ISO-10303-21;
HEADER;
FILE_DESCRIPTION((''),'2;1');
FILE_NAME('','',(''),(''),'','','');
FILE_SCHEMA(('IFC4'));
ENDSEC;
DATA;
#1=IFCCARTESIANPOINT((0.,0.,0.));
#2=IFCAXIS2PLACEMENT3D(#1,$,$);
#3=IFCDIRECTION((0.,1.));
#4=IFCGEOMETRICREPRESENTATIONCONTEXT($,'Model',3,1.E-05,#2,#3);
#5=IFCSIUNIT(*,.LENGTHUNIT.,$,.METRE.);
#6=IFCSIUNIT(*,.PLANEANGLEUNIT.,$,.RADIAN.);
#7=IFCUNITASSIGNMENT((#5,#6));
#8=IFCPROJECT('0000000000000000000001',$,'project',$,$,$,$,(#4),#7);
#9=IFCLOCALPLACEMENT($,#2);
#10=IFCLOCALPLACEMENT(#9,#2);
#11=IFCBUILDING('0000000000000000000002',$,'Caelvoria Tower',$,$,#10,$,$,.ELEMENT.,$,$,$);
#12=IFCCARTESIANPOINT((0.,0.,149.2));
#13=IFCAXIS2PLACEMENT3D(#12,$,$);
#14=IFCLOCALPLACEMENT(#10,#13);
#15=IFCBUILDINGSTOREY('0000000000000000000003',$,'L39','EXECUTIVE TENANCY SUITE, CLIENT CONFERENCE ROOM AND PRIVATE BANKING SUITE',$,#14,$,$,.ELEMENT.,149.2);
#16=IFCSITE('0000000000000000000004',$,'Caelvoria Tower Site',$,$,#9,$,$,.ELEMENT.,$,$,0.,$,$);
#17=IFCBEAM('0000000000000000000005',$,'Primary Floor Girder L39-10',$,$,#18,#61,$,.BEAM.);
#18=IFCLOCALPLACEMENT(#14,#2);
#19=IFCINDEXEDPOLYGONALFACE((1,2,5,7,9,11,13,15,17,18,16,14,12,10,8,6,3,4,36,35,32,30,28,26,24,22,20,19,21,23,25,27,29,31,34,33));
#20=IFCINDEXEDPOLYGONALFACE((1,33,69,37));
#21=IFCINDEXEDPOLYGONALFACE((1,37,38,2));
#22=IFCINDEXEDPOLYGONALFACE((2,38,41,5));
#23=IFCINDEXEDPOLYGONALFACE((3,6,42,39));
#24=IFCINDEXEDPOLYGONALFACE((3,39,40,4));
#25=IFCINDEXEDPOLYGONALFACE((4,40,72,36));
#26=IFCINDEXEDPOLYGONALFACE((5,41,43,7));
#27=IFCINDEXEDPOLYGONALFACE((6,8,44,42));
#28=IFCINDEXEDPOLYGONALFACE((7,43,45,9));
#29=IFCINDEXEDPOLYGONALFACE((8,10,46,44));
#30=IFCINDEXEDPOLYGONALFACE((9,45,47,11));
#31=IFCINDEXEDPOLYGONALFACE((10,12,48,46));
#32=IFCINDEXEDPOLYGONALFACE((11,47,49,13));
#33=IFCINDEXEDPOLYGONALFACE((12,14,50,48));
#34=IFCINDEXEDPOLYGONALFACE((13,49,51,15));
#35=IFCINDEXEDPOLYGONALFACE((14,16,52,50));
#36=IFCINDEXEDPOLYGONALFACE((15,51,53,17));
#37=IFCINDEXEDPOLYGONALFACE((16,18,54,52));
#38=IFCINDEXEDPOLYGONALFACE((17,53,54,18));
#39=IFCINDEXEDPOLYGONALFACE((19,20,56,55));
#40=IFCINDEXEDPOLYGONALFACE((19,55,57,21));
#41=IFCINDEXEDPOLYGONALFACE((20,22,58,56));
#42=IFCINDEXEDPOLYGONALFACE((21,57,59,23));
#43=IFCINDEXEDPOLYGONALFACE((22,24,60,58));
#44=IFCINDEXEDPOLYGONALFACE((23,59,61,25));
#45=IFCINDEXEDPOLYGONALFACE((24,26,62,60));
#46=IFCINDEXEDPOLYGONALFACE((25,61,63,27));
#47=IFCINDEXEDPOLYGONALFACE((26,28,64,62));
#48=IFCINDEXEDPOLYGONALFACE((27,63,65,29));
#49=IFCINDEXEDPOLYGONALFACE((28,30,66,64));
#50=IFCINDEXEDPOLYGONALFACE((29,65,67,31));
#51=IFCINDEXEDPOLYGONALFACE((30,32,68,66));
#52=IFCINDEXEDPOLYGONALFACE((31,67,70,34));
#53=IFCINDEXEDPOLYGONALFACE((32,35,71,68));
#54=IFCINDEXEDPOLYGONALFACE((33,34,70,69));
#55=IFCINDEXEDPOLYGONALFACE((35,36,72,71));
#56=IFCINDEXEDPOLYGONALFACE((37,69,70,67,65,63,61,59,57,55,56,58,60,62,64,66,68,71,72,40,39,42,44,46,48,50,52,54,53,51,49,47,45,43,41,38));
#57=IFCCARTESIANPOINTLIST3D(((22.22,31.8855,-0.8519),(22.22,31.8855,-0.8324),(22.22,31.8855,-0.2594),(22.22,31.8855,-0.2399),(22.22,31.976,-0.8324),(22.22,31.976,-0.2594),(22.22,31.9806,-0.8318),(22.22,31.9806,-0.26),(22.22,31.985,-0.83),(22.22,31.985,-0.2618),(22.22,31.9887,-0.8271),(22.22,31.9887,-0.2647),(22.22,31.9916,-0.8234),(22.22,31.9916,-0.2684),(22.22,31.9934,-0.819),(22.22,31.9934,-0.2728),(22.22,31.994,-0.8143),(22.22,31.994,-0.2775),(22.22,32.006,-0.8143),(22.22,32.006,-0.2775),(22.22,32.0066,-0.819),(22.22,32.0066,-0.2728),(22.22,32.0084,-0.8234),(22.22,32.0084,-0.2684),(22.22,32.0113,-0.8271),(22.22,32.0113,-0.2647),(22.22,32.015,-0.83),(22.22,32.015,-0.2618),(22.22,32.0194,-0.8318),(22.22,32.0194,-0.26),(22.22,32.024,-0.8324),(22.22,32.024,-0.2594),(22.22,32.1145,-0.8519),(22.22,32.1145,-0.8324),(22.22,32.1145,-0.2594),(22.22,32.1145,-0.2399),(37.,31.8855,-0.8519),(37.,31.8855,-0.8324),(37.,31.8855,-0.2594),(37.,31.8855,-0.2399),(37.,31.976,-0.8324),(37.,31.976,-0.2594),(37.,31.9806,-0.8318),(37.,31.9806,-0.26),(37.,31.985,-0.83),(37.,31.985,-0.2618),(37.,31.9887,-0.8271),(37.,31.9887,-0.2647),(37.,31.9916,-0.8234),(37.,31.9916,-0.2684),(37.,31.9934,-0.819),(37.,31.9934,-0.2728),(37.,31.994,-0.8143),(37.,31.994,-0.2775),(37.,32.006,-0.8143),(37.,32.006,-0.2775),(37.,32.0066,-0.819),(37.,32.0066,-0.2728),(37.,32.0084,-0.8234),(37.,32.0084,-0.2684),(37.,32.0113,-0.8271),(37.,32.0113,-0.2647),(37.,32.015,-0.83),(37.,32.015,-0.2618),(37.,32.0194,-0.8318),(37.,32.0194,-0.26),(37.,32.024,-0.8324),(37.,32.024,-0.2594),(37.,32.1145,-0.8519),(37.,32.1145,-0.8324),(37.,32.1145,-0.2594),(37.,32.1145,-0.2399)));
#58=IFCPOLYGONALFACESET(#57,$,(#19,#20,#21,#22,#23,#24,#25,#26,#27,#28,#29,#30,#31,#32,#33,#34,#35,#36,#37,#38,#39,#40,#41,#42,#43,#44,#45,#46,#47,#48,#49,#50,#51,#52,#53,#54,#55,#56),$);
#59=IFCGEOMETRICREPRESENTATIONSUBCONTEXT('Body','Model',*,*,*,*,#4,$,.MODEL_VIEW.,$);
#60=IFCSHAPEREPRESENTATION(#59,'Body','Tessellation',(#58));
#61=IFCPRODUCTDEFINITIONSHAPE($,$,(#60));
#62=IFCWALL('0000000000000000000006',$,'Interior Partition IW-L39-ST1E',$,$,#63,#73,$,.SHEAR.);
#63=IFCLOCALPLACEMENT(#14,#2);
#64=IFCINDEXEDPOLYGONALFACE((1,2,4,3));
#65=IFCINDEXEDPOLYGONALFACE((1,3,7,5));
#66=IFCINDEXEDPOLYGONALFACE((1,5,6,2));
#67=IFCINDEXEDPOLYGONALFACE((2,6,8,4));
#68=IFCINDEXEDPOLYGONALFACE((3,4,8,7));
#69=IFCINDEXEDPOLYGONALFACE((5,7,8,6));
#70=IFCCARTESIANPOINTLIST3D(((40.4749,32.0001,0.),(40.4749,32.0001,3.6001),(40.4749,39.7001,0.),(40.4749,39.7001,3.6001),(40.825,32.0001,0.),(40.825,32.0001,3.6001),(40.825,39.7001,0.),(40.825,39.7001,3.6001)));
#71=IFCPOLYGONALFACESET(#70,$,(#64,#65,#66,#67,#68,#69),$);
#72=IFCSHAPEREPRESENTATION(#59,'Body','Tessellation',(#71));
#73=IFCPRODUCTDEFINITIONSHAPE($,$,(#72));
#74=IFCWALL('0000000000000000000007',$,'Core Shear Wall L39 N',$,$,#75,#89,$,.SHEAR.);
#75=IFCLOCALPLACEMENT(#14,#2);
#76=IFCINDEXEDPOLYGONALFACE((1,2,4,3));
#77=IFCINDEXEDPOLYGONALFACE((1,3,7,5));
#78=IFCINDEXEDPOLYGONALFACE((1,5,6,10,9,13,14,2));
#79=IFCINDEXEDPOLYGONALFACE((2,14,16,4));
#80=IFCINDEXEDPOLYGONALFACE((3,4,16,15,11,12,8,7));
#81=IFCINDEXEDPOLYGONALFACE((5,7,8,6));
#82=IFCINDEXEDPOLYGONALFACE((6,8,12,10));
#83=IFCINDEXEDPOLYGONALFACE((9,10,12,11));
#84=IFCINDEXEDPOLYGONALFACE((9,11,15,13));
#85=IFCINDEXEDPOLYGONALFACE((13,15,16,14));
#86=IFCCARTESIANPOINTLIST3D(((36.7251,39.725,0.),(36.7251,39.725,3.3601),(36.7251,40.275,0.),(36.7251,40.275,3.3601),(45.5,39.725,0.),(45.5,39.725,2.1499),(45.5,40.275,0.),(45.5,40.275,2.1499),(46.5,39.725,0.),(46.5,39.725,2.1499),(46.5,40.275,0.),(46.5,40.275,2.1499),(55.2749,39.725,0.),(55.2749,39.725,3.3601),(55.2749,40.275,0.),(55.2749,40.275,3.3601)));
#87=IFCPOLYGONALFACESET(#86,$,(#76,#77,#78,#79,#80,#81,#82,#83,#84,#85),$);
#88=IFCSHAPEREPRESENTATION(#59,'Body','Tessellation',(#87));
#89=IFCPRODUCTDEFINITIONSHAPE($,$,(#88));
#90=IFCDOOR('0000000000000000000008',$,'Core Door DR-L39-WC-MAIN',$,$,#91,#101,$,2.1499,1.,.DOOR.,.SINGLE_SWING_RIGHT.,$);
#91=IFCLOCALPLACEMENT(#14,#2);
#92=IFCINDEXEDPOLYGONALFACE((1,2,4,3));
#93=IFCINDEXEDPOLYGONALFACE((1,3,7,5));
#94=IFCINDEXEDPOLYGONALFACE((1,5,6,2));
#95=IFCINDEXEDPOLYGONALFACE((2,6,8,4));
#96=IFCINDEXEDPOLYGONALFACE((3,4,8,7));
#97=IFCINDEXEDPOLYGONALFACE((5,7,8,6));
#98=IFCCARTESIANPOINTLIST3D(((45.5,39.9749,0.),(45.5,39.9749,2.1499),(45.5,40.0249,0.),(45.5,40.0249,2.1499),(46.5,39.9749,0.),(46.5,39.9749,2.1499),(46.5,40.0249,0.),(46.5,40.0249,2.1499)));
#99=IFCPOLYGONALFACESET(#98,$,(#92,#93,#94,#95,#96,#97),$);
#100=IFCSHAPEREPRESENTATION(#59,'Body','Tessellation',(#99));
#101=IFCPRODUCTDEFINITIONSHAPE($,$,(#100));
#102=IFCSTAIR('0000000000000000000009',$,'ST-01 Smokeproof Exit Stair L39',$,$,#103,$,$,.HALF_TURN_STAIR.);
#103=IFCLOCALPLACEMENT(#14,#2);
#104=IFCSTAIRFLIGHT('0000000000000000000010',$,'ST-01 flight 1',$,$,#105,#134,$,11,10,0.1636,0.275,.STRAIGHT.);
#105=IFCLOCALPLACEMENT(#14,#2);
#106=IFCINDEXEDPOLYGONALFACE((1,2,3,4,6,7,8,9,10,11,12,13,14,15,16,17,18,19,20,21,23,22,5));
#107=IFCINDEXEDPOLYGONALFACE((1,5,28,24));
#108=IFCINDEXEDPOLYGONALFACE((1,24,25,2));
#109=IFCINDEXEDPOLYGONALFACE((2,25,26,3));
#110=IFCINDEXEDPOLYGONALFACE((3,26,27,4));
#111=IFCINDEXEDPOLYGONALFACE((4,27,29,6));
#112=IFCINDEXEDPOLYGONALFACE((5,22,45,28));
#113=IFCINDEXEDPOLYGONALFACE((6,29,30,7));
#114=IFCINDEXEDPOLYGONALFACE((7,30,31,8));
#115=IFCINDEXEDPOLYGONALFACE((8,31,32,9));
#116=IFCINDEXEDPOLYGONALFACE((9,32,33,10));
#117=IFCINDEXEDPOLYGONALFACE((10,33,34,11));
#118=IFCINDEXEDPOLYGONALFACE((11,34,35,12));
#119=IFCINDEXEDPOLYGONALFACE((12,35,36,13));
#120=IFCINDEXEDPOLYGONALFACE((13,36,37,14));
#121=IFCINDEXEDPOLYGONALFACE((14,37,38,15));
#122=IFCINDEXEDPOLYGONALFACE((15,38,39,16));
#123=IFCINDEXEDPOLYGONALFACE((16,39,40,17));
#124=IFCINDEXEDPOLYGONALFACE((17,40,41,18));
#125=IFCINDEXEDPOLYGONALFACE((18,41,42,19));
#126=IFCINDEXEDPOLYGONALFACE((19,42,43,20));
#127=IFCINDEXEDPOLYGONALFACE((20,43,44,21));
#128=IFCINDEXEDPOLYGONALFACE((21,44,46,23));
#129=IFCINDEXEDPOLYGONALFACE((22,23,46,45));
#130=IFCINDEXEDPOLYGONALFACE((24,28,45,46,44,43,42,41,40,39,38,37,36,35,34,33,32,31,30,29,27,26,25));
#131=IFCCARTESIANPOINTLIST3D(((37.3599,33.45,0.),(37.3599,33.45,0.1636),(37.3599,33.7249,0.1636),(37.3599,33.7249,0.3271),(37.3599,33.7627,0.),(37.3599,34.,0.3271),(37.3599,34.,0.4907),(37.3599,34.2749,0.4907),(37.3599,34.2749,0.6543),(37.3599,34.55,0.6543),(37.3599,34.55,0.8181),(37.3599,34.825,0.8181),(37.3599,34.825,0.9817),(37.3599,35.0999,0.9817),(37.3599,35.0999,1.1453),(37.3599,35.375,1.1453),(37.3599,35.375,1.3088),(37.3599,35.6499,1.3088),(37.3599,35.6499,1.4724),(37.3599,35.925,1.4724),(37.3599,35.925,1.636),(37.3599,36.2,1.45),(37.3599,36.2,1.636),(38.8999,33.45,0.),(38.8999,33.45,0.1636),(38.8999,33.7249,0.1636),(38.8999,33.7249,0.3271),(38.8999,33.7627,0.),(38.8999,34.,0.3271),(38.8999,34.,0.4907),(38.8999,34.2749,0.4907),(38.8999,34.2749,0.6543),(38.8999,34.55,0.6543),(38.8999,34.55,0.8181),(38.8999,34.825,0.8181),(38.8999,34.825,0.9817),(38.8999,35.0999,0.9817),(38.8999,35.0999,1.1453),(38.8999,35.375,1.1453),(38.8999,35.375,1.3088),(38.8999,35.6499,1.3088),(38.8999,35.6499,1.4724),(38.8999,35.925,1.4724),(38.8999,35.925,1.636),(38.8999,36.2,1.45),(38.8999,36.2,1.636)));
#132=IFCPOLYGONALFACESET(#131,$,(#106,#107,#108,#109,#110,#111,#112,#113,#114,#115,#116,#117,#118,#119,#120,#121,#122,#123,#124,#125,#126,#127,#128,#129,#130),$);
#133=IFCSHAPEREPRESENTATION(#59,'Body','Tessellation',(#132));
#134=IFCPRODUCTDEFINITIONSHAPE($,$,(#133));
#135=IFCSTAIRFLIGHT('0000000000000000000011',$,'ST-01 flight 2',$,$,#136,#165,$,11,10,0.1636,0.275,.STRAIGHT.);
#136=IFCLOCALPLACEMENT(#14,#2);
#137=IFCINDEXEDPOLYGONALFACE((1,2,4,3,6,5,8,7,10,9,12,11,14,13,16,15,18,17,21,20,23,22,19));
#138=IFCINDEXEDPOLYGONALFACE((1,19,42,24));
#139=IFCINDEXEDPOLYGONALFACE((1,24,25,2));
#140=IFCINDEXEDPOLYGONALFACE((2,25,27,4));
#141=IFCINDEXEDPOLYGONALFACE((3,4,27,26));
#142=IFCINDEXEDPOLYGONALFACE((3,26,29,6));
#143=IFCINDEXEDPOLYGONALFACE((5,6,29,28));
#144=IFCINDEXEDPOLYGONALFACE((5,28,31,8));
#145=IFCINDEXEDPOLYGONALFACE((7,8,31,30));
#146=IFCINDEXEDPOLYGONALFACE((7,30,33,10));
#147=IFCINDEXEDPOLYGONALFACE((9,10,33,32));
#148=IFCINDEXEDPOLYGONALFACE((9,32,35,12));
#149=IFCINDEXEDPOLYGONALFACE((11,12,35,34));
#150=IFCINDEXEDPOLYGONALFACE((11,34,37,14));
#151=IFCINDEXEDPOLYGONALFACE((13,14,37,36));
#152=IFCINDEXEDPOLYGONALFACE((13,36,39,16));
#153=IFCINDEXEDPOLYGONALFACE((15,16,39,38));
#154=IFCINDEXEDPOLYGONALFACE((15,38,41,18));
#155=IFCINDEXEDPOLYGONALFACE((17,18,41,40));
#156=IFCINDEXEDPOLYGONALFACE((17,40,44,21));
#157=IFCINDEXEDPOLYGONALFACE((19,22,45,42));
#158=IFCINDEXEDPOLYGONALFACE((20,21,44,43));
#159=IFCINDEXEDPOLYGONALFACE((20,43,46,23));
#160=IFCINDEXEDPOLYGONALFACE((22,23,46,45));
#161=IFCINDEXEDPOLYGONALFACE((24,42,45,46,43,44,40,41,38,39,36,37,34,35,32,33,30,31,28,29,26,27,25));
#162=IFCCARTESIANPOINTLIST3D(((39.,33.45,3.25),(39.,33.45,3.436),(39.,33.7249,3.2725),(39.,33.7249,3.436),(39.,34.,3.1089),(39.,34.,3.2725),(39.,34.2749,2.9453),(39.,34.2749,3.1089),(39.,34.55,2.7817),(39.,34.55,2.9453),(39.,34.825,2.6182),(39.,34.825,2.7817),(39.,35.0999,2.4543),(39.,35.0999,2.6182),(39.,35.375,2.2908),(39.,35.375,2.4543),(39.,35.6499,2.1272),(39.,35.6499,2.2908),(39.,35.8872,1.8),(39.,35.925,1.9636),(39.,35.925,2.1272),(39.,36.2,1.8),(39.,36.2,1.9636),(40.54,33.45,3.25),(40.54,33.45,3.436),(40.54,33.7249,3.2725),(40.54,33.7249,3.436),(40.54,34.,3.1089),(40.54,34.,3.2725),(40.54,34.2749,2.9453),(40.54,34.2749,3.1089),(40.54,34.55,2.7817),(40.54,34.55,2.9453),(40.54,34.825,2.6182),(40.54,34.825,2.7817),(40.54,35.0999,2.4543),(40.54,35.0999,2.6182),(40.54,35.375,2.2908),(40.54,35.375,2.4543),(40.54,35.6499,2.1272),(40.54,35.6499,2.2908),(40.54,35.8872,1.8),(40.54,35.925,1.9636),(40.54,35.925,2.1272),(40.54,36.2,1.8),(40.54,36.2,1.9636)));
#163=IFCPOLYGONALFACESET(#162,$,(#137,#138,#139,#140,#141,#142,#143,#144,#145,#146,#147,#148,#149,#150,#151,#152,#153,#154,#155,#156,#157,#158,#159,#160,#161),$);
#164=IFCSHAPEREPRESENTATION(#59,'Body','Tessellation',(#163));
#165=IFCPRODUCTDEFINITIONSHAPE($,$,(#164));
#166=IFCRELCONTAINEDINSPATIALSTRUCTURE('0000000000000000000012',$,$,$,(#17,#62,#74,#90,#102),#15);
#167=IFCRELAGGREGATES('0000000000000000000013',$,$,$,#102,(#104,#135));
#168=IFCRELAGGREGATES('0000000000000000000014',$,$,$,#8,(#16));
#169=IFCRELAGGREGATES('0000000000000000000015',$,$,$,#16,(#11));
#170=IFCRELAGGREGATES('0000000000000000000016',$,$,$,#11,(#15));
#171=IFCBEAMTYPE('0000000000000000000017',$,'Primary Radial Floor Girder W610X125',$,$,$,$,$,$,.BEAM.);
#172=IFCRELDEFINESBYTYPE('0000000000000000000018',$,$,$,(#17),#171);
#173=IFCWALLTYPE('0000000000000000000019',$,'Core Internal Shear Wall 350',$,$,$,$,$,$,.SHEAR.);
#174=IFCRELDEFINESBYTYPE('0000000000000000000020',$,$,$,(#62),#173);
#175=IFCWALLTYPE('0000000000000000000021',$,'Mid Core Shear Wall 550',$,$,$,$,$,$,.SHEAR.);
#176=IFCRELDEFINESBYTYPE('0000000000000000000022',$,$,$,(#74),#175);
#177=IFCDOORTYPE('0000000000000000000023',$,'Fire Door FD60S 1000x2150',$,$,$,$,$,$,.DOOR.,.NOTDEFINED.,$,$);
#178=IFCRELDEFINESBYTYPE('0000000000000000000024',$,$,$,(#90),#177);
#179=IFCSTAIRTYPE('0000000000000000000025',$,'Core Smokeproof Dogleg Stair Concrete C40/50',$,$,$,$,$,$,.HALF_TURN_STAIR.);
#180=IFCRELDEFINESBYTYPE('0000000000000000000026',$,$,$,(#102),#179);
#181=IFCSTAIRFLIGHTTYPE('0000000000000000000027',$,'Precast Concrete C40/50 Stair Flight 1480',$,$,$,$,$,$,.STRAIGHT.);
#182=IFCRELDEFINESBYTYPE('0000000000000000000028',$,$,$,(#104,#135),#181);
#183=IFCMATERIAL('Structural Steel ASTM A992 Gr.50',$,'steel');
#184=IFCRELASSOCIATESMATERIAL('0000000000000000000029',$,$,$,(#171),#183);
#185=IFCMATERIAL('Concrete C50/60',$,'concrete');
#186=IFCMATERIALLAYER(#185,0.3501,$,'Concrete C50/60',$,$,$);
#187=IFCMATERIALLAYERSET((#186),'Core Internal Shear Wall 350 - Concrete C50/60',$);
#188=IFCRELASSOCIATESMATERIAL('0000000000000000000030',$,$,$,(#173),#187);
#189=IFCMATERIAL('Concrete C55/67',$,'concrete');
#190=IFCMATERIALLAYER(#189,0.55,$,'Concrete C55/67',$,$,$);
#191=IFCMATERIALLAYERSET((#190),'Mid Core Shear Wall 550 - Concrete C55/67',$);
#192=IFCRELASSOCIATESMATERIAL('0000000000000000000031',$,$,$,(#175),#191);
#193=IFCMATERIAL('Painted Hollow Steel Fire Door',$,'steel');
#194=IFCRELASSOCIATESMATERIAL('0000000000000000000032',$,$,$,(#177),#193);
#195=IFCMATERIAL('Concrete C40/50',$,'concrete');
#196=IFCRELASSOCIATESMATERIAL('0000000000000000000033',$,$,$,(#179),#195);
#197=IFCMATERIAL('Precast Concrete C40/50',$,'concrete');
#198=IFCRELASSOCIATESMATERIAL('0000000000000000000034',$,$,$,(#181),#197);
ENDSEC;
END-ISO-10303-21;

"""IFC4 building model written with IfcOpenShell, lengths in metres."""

from ifc_helpers import new_model, si_unit, direction, frame, frame_2d, origin, origin_2d, place, context, subcontext, project, spatial, polyline, rectangle, i_section, outline, extrude, material, layer, layer_set, material_profile, profile_set, type_object, element, fill, aggregate, save


model = new_model("IFC4")

# Units and contexts
model_context = context("Model", 3, precision=1e-05, world=origin(), true_north=direction((0.0, 1.0)))
body_context = subcontext(model_context, "Body", "Model", "MODEL_VIEW")
ifc_project = project(units=[si_unit("LENGTHUNIT", "METRE"), si_unit("PLANEANGLEUNIT", "RADIAN")], contexts=[model_context])

# Site, building, storey
site_placement = place(None, origin())
site = spatial("IfcSite", under=ifc_project, at=site_placement, Name="Caelvoria Tower Site", CompositionType="ELEMENT", RefElevation=0.0)
building_placement = place(site_placement, origin())
building = spatial("IfcBuilding", under=site, at=building_placement, Name="Caelvoria Tower", CompositionType="ELEMENT")
storey_placement = place(building_placement, frame((0.0, 0.0, 149.2)))
storey = spatial("IfcBuildingStorey", under=building, at=storey_placement, Name="L39", Description="EXECUTIVE TENANCY SUITE, CLIENT CONFERENCE ROOM AND PRIVATE BANKING SUITE", CompositionType="ELEMENT", Elevation=149.2)

# Beam
ifc_material_1 = material(Name="Structural Steel ASTM A992 Gr.50", Category="steel")
ifc_material_profile_1 = material_profile(ifc_material_1, i_section(OverallWidth=0.229, OverallDepth=0.6121, WebThickness=0.012, FlangeThickness=0.0195, FilletRadius=0.0181, at=origin_2d()), Name="Structural Steel ASTM A992 Gr.50")
ifc_profile_set_1 = profile_set([ifc_material_profile_1], Name="W610X125 - Structural Steel ASTM A992 Gr.50")
beam_type_1 = type_object("IfcBeamType", Name="Primary Radial Floor Girder W610X125", PredefinedType="BEAM", material=ifc_profile_set_1)
beam_1_placement = place(storey_placement, frame((37.0, 32.0, -0.5459), z_axis=(-1.0, 0.0, 0.0), x_axis=(0.0, -1.0, 0.0)))
element("IfcBeam", 1, at=beam_1_placement, inside=storey, type_object=beam_type_1, Name="Primary Floor Girder L39-10", PredefinedType="BEAM", context=body_context, shape_type="SweptSolid", body=[
    extrude(i_section(OverallWidth=0.229, OverallDepth=0.6121, WebThickness=0.012, FlangeThickness=0.0195, FilletRadius=0.0181, at=origin_2d()), origin(), (0.0, 0.0, 1.0), 14.78),
])

# Wall
ifc_material_2 = material(Name="Concrete C50/60", Category="concrete")
ifc_layer_1 = layer(ifc_material_2, 0.3501, Name="Concrete C50/60")
ifc_layer_set_1 = layer_set([ifc_layer_1], Name="Core Internal Shear Wall 350 - Concrete C50/60")
wall_type_1 = type_object("IfcWallType", Name="Core Internal Shear Wall 350", PredefinedType="SHEAR", material=ifc_layer_set_1)
wall_1_placement = place(storey_placement, frame((40.6499, 32.0, 0.0), z_axis=(0.0, 0.0, 1.0), x_axis=(0.0, 1.0, 0.0)))
element("IfcWall", 2, at=wall_1_placement, inside=storey, type_object=wall_type_1, Name="Interior Partition IW-L39-ST1E", PredefinedType="SHEAR", context=body_context, shape_type="SweptSolid", body=[
    extrude(rectangle(XDim=7.7, YDim=0.3501, at=frame_2d((3.8501, 0.0))), origin(), (0.0, 0.0, 1.0), 3.6001),
])

# Wall, opening, door
ifc_material_3 = material(Name="Concrete C55/67", Category="concrete")
ifc_layer_2 = layer(ifc_material_3, 0.55, Name="Concrete C55/67")
ifc_layer_set_2 = layer_set([ifc_layer_2], Name="Mid Core Shear Wall 550 - Concrete C55/67")
wall_type_2 = type_object("IfcWallType", Name="Mid Core Shear Wall 550", PredefinedType="SHEAR", material=ifc_layer_set_2)
wall_2_placement = place(storey_placement, frame((36.7251, 40.0, 0.0), z_axis=(0.0, 0.0, 1.0), x_axis=(1.0, 0.0, 0.0)))
wall_2 = element("IfcWall", 3, at=wall_2_placement, inside=storey, type_object=wall_type_2, Name="Core Shear Wall L39 N", PredefinedType="SHEAR", context=body_context, shape_type="SweptSolid", body=[
    extrude(rectangle(XDim=18.5498, YDim=0.55, at=frame_2d((9.2749, 0.0))), origin(), (0.0, 0.0, 1.0), 3.3601),
])
opening_1_placement = place(wall_2_placement, frame((8.7749, 0.0, 0.0)))
opening_1 = element("IfcOpeningElement", 4, at=opening_1_placement, cuts=wall_2, PredefinedType="OPENING", context=body_context, shape_type="SweptSolid", body=[
    extrude(rectangle(XDim=1.0, YDim=2.1499, at=frame_2d((0.5, 1.075))), frame((0.0, 0.2849, 0.0), z_axis=(0.0, -1.0, 0.0), x_axis=(1.0, 0.0, 0.0)), (0.0, 0.0, 1.0), 0.5701),
])
ifc_material_4 = material(Name="Painted Hollow Steel Fire Door", Category="steel")
door_type_1 = type_object("IfcDoorType", Name="Fire Door FD60S 1000x2150", OperationType="NOTDEFINED", PredefinedType="DOOR", material=ifc_material_4)
door_1_placement = place(opening_1_placement, origin())
door_1 = element("IfcDoor", 5, at=door_1_placement, inside=storey, type_object=door_type_1, Name="Core Door DR-L39-WC-MAIN", OperationType="SINGLE_SWING_RIGHT", OverallHeight=2.1499, OverallWidth=1.0, PredefinedType="DOOR", context=body_context, shape_type="SweptSolid", body=[
    extrude(rectangle(XDim=1.0, YDim=2.1499, at=frame_2d((0.5, 1.075))), frame((0.0, 0.0249, 0.0), z_axis=(0.0, -1.0, 0.0), x_axis=(1.0, 0.0, 0.0)), (0.0, 0.0, 1.0), 0.05),
])
fill(opening_1, door_1)

# Stair, stair flights
ifc_material_5 = material(Name="Concrete C40/50", Category="concrete")
stair_type = type_object("IfcStairType", Name="Core Smokeproof Dogleg Stair Concrete C40/50", PredefinedType="HALF_TURN_STAIR", material=ifc_material_5)
stair_placement = place(storey_placement, origin())
stair = element("IfcStair", 6, at=stair_placement, inside=storey, type_object=stair_type, Name="ST-01 Smokeproof Exit Stair L39", PredefinedType="HALF_TURN_STAIR")
ifc_material_6 = material(Name="Precast Concrete C40/50", Category="concrete")
stair_flight_type = type_object("IfcStairFlightType", Name="Precast Concrete C40/50 Stair Flight 1480", PredefinedType="STRAIGHT", material=ifc_material_6)
stair_flight_1_placement = place(storey_placement, frame((38.1299, 33.45, 0.0), z_axis=(0.0, 0.0, 1.0), x_axis=(0.0, 1.0, 0.0)))
stair_flight_1 = element("IfcStairFlight", 7, at=stair_flight_1_placement, type_object=stair_flight_type, Name="ST-01 flight 1", NumberOfRisers=11, NumberOfTreads=10, PredefinedType="STRAIGHT", RiserHeight=0.1636, TreadLength=0.275, context=body_context, shape_type="SweptSolid", body=[
    extrude(outline(polyline([(0.0, 0.0), (0.0, 0.1636), (0.2749, 0.1636), (0.2749, 0.3271), (0.55, 0.3271), (0.55, 0.4907), (0.825, 0.4907), (0.825, 0.6543), (1.1001, 0.6543), (1.1001, 0.8181), (1.375, 0.8181), (1.375, 0.9817), (1.6499, 0.9817), (1.6499, 1.1453), (1.925, 1.1453), (1.925, 1.3088), (2.2, 1.3088), (2.2, 1.4724), (2.4751, 1.4724), (2.4751, 1.636), (2.75, 1.636), (2.75, 1.7996), (2.75, 1.45), (0.3127, 0.0), (0.0, 0.0)])), frame((0.0, 0.77, 0.0), z_axis=(0.0, -1.0, 0.0), x_axis=(1.0, 0.0, 0.0)), (0.0, 0.0, 1.0), 1.54),
])
stair_flight_2_placement = place(storey_placement, frame((39.77, 36.2, 1.8), z_axis=(0.0, 0.0, 1.0), x_axis=(0.0, -1.0, 0.0)))
stair_flight_2 = element("IfcStairFlight", 8, at=stair_flight_2_placement, type_object=stair_flight_type, Name="ST-01 flight 2", NumberOfRisers=11, NumberOfTreads=10, PredefinedType="STRAIGHT", RiserHeight=0.1636, TreadLength=0.275, context=body_context, shape_type="SweptSolid", body=[
    extrude(outline(polyline([(0.0, 0.0), (0.0, 0.1636), (0.2749, 0.1636), (0.2749, 0.3271), (0.55, 0.3271), (0.55, 0.4907), (0.825, 0.4907), (0.825, 0.6543), (1.1001, 0.6543), (1.1001, 0.8181), (1.375, 0.8181), (1.375, 0.9817), (1.6499, 0.9817), (1.6499, 1.1453), (1.925, 1.1453), (1.925, 1.3088), (2.2, 1.3088), (2.2, 1.4724), (2.4751, 1.4724), (2.4751, 1.636), (2.75, 1.636), (2.75, 1.7996), (2.75, 1.45), (0.3127, 0.0), (0.0, 0.0)])), frame((0.0, 0.77, 0.0), z_axis=(0.0, -1.0, 0.0), x_axis=(1.0, 0.0, 0.0)), (0.0, 0.0, 1.0), 1.54),
])
aggregate(stair, [stair_flight_1, stair_flight_2])

save(model, "model.ifc")
